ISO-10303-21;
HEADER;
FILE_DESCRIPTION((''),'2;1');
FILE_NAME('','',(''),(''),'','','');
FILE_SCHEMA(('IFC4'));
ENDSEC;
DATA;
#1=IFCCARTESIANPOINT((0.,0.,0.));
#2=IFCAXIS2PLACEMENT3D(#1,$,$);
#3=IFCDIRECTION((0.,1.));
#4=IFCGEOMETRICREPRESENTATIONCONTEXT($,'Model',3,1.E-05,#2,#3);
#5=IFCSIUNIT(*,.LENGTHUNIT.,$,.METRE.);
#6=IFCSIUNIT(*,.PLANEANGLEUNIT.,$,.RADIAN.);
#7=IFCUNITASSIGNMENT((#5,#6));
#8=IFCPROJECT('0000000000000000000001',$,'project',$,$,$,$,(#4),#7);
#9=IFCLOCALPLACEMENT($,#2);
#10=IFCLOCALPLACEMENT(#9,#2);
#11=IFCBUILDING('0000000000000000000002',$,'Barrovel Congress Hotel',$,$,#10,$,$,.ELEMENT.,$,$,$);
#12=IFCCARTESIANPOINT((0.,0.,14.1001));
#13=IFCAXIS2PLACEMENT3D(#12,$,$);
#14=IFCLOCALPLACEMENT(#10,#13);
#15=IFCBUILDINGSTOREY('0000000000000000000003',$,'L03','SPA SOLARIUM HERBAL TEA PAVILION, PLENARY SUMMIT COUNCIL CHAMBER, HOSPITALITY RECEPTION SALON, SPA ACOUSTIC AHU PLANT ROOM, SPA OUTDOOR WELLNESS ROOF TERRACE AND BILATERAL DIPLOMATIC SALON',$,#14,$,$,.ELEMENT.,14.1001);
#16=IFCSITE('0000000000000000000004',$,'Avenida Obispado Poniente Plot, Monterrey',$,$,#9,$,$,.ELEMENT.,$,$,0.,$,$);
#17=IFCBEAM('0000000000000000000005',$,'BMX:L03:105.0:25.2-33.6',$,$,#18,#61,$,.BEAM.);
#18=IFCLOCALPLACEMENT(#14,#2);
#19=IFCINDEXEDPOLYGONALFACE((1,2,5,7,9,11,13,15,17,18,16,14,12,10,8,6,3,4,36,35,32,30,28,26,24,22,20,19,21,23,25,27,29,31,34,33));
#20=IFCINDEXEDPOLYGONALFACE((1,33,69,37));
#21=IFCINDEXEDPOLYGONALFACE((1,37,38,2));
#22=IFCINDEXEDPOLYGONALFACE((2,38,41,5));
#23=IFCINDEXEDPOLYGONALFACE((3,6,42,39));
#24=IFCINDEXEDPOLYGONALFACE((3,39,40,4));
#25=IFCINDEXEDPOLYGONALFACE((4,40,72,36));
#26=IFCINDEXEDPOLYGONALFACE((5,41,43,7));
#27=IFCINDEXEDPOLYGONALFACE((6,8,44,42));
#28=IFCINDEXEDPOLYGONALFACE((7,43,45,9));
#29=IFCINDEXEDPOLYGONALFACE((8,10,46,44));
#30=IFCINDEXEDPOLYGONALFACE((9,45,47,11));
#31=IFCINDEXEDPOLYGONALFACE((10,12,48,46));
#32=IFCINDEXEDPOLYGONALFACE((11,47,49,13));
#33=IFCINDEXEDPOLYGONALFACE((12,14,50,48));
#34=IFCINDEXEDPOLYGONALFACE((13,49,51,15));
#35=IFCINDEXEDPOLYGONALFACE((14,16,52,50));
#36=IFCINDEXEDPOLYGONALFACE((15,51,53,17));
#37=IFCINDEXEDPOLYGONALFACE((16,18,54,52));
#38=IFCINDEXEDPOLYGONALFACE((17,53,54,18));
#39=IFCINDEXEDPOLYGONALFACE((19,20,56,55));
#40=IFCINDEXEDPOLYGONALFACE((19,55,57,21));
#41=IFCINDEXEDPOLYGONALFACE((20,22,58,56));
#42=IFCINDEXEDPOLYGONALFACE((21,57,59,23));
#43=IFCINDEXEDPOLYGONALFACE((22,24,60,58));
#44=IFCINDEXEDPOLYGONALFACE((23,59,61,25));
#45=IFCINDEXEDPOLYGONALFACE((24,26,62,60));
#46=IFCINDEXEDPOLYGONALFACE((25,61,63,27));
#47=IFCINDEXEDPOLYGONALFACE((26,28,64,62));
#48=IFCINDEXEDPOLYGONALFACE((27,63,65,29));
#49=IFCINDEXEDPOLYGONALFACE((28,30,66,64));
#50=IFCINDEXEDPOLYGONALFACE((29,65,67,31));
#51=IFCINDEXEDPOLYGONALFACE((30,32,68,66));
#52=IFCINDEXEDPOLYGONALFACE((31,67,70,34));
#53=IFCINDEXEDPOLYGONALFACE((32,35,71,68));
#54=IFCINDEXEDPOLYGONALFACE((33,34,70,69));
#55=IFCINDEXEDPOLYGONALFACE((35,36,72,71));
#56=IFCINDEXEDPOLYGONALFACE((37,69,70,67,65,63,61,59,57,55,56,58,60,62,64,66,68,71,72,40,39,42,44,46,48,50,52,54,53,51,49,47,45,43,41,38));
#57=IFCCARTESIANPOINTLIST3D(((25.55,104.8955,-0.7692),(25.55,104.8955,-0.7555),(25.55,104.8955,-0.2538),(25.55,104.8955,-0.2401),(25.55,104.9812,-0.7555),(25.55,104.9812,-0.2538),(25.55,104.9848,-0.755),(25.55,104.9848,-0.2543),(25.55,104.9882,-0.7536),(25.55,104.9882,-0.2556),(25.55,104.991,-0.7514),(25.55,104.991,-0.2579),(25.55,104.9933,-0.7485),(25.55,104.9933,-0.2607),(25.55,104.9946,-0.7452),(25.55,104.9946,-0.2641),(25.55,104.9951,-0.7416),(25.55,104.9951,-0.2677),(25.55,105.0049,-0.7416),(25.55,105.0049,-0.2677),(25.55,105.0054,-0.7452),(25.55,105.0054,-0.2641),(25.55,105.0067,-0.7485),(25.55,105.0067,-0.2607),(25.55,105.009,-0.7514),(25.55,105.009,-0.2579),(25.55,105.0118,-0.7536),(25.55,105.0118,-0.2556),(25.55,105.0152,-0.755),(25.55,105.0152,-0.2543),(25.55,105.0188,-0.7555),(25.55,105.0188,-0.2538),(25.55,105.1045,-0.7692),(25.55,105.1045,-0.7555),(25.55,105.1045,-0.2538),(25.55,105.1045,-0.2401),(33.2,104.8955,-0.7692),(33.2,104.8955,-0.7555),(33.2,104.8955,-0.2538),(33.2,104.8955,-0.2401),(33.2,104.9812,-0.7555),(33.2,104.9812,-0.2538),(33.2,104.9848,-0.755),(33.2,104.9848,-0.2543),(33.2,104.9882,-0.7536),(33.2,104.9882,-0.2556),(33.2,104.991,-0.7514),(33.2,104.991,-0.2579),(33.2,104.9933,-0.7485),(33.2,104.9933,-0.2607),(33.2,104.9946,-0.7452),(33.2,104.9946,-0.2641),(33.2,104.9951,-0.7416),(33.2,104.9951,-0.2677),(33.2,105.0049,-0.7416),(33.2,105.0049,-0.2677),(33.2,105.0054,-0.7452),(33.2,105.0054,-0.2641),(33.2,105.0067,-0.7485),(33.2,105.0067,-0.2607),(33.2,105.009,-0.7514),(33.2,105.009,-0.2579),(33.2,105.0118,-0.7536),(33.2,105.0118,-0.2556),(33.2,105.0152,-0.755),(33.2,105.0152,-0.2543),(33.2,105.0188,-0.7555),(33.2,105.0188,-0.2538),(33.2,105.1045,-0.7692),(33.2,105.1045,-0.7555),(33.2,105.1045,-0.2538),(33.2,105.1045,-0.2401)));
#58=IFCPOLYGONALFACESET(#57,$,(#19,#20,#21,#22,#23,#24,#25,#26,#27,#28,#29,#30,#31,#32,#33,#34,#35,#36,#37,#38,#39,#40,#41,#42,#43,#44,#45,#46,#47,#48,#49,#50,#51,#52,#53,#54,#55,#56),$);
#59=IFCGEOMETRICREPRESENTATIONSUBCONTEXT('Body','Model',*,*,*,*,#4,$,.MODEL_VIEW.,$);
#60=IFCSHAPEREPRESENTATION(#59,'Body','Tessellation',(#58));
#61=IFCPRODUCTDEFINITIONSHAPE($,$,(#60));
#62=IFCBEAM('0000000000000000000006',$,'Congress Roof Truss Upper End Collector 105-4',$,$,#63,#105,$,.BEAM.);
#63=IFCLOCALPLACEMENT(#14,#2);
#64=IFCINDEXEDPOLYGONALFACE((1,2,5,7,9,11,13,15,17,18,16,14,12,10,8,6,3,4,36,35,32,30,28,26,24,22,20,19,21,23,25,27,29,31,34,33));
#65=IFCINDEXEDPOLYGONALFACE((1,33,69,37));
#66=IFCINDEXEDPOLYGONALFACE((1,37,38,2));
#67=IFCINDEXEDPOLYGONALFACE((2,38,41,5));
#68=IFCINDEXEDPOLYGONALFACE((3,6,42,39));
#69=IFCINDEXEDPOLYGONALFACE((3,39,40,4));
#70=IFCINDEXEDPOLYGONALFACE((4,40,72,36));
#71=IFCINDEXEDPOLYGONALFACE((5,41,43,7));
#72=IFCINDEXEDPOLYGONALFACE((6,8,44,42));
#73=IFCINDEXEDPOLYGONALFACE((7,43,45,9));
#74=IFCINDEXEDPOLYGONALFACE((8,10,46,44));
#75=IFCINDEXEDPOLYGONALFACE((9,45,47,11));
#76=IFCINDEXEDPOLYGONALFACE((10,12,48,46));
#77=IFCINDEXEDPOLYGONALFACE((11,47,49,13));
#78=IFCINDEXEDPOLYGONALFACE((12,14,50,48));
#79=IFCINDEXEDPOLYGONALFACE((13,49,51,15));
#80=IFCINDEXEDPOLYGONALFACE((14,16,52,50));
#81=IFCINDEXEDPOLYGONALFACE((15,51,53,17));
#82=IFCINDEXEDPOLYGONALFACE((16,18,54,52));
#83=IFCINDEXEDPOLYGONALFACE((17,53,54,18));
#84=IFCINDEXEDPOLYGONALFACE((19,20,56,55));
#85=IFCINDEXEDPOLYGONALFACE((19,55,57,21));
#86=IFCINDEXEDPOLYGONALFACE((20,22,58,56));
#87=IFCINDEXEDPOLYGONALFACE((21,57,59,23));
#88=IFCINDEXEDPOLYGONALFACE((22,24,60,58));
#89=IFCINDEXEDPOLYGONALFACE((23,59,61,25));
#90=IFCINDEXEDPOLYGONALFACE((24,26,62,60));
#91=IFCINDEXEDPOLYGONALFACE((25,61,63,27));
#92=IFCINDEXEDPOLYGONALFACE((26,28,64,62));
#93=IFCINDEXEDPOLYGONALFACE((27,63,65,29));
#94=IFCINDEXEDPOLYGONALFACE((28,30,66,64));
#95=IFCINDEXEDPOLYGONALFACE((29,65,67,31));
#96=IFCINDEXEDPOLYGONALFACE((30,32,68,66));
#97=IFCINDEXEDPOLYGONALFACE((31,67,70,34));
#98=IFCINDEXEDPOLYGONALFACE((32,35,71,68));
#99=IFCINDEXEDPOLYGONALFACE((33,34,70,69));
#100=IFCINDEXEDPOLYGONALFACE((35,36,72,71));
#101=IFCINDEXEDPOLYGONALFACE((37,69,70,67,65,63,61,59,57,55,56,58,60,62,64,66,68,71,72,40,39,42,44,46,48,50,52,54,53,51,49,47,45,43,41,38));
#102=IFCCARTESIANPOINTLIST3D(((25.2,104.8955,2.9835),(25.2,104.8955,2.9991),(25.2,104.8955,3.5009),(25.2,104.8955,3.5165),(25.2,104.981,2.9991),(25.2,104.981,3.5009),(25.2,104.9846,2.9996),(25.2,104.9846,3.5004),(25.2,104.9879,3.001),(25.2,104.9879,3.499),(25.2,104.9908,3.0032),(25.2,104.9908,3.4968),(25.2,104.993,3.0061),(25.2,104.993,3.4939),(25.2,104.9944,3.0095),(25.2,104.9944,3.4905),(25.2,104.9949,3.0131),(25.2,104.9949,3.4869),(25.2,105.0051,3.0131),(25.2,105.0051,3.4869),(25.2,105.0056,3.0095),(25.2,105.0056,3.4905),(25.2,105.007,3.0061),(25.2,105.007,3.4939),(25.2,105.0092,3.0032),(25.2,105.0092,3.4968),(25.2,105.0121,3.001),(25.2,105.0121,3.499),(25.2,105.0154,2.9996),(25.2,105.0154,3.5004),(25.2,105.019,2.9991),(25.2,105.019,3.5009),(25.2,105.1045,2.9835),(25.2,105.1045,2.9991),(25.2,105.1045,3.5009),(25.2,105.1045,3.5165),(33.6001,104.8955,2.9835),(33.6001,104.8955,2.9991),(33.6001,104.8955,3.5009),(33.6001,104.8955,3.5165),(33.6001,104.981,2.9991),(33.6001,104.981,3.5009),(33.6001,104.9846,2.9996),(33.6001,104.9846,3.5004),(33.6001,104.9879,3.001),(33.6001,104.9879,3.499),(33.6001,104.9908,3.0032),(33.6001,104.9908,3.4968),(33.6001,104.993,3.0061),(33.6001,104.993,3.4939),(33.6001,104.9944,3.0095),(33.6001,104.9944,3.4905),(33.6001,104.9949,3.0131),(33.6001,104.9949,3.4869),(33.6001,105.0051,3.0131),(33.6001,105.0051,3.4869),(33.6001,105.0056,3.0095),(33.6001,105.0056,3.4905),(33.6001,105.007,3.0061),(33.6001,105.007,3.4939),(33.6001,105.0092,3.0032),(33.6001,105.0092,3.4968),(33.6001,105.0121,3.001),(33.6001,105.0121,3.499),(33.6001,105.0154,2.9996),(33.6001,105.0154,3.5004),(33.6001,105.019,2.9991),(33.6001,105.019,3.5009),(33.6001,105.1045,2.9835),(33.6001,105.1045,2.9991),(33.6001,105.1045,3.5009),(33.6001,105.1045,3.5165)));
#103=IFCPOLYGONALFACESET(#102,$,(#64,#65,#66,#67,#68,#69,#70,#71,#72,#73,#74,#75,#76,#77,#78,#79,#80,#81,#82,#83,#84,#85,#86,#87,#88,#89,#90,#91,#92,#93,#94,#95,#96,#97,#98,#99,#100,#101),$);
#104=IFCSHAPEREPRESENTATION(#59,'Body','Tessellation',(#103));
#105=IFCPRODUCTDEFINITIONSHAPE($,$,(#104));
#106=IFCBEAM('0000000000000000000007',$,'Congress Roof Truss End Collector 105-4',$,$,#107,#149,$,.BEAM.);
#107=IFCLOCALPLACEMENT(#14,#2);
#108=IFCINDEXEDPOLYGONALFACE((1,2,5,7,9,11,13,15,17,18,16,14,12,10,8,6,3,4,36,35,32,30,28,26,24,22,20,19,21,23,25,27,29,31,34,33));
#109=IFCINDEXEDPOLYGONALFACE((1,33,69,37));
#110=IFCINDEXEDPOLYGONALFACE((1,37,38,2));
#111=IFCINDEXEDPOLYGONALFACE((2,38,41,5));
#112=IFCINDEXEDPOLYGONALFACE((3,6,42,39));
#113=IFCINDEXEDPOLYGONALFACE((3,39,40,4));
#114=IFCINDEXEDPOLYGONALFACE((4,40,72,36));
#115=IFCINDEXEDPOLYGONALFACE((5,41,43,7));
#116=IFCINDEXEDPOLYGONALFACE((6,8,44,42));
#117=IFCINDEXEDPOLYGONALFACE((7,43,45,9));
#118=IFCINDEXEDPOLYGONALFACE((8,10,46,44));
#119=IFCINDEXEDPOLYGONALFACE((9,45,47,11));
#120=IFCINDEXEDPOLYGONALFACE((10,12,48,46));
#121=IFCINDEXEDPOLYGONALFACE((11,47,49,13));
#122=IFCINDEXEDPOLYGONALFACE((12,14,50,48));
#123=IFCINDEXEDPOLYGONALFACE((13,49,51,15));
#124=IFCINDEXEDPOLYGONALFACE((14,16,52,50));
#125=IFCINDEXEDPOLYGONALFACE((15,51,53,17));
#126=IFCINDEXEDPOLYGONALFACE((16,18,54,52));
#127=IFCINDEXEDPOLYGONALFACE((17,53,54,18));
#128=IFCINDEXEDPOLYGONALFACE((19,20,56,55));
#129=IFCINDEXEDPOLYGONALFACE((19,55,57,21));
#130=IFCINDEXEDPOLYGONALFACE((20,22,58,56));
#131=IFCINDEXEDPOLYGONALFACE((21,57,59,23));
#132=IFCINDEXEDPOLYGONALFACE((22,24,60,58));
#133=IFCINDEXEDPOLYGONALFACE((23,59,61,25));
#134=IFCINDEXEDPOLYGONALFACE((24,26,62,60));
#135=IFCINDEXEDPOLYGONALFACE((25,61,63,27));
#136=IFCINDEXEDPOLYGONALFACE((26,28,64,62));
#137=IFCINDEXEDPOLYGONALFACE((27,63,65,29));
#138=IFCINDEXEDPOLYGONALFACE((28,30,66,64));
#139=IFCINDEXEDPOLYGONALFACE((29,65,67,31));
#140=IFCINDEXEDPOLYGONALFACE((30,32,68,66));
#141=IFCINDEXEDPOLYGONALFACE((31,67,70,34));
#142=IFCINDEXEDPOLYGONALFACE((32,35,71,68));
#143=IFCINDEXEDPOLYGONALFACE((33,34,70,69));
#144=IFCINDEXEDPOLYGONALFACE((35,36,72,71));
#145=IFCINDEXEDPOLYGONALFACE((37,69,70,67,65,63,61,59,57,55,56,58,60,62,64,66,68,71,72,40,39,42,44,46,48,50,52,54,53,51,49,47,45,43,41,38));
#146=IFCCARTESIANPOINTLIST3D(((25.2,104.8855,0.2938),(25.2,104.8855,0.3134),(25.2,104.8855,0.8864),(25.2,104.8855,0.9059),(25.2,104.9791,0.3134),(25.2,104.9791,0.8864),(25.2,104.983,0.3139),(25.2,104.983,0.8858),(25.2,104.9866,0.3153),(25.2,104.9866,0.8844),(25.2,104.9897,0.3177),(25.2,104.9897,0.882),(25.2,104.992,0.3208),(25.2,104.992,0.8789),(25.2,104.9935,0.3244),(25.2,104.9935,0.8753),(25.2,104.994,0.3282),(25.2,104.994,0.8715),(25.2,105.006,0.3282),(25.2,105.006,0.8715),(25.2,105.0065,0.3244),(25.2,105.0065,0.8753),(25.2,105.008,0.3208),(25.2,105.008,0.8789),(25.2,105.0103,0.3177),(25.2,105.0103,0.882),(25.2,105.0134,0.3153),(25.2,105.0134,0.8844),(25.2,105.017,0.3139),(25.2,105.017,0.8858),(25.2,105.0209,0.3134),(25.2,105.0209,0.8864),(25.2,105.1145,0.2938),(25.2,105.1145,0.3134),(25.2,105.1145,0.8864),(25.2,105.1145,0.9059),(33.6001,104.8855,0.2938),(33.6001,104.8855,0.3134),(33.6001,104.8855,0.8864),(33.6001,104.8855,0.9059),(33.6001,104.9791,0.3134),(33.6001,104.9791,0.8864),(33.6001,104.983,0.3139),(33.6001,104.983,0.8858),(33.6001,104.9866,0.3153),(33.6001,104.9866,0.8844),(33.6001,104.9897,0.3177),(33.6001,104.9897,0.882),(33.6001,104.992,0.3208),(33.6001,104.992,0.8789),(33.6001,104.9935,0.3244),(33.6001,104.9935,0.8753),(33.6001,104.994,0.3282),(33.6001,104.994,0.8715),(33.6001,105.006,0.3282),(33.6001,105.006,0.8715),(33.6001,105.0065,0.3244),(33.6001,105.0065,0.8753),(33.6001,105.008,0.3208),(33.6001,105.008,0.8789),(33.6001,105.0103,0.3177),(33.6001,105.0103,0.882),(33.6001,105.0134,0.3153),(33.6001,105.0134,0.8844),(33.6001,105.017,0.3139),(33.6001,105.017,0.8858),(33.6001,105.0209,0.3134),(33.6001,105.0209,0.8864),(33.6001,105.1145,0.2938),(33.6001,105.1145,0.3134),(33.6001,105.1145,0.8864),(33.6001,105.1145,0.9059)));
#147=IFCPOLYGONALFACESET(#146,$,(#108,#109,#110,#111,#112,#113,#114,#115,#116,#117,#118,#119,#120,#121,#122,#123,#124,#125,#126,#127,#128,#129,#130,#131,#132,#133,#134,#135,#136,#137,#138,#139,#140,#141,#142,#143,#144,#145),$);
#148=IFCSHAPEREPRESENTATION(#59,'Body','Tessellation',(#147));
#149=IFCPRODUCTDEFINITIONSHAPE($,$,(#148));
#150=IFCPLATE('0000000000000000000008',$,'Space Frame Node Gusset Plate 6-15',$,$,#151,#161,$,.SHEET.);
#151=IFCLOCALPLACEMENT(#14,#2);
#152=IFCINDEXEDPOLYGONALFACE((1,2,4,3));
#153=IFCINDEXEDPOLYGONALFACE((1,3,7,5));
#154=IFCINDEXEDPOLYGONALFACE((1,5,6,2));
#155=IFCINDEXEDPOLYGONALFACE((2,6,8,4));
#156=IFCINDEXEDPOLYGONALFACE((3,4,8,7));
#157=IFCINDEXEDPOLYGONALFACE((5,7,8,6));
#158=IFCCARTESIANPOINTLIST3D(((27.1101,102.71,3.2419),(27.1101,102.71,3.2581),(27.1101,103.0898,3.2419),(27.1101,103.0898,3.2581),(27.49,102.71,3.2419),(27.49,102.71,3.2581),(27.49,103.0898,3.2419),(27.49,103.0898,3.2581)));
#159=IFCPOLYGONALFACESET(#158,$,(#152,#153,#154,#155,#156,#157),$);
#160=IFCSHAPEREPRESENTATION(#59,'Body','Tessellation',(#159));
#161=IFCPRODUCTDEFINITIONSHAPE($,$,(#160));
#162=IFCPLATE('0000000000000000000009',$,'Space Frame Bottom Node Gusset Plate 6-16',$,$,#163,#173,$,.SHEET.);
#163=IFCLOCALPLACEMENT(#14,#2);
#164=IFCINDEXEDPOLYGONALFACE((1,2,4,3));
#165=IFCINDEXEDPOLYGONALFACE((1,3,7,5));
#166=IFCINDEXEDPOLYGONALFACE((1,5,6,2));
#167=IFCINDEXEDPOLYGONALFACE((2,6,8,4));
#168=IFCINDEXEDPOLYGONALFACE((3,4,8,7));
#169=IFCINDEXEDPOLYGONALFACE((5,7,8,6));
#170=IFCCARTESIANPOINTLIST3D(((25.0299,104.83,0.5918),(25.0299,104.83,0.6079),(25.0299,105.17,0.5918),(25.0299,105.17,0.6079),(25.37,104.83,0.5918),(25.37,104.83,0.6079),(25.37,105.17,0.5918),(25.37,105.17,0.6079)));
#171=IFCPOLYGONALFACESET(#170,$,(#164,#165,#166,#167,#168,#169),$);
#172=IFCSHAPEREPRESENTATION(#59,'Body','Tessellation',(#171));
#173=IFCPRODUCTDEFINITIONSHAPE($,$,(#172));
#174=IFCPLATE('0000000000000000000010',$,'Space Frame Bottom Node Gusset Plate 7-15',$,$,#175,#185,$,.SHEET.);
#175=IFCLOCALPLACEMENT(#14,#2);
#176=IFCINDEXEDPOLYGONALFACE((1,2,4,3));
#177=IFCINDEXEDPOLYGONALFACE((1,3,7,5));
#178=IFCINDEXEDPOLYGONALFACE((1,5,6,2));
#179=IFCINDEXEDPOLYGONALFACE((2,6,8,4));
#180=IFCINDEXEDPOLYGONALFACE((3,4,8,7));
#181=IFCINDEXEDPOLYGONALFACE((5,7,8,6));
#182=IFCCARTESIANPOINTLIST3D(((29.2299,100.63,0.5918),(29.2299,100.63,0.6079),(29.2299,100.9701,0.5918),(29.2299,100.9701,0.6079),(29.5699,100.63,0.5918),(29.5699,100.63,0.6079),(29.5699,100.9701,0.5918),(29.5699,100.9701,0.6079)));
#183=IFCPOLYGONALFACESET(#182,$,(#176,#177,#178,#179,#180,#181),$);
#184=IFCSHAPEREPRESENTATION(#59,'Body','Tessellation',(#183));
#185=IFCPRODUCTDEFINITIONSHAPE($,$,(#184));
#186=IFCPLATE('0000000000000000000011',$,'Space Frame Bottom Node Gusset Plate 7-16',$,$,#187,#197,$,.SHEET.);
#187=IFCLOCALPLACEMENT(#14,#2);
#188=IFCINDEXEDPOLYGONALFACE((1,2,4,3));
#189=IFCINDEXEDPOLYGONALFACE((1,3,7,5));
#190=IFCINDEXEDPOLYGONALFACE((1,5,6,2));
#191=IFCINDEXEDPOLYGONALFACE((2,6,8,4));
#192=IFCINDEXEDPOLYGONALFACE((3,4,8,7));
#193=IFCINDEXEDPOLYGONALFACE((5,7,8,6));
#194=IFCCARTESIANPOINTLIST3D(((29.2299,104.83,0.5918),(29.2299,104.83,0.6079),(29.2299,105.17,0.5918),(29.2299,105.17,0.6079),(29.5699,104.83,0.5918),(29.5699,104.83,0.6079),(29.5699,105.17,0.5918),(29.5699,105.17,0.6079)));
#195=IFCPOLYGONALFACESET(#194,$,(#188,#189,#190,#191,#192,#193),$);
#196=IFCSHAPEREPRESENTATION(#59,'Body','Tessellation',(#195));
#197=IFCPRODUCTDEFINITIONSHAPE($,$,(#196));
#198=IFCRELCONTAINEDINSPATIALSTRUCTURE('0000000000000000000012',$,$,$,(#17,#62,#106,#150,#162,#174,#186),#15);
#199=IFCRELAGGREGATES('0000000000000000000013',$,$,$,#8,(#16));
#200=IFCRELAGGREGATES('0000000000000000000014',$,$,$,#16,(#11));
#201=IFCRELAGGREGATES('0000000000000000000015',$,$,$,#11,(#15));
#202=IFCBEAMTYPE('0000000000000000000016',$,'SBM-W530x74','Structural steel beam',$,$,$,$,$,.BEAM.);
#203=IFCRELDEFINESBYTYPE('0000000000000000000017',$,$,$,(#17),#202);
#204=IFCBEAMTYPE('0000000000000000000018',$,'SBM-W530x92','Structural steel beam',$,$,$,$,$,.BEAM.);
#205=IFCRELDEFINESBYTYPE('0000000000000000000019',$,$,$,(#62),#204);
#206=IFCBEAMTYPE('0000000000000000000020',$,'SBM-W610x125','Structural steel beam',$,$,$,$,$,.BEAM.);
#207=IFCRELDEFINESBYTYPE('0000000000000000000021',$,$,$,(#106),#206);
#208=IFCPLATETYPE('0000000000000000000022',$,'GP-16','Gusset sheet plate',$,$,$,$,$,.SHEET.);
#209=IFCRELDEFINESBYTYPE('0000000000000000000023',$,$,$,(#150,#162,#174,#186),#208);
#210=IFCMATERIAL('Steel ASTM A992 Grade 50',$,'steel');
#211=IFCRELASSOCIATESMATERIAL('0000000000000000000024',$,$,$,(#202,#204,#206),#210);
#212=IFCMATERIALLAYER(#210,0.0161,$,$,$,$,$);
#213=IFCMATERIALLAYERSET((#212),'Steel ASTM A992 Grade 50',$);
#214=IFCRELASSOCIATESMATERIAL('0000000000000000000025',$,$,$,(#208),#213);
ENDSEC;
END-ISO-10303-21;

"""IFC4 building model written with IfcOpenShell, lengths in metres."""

from ifc_helpers import new_model, si_unit, direction, frame, origin, origin_2d, place, context, subcontext, project, spatial, rectangle, i_section, extrude, material, layer, layer_set, material_profile, profile_set, type_object, element, save


model = new_model("IFC4")

# Units and contexts
model_context = context("Model", 3, precision=1e-05, world=origin(), true_north=direction((0.0, 1.0)))
body_context = subcontext(model_context, "Body", "Model", "MODEL_VIEW")
ifc_project = project(units=[si_unit("LENGTHUNIT", "METRE"), si_unit("PLANEANGLEUNIT", "RADIAN")], contexts=[model_context])

# Site, building, storey
site_placement = place(None, origin())
site = spatial("IfcSite", under=ifc_project, at=site_placement, Name="Avenida Obispado Poniente Plot, Monterrey", CompositionType="ELEMENT", RefElevation=0.0)
building_placement = place(site_placement, origin())
building = spatial("IfcBuilding", under=site, at=building_placement, Name="Barrovel Congress Hotel", CompositionType="ELEMENT")
storey_placement = place(building_placement, frame((0.0, 0.0, 14.1001)))
storey = spatial("IfcBuildingStorey", under=building, at=storey_placement, Name="L03", Description="SPA SOLARIUM HERBAL TEA PAVILION, PLENARY SUMMIT COUNCIL CHAMBER, HOSPITALITY RECEPTION SALON, SPA ACOUSTIC AHU PLANT ROOM, SPA OUTDOOR WELLNESS ROOF TERRACE AND BILATERAL DIPLOMATIC SALON", CompositionType="ELEMENT", Elevation=14.1001)

# Beams
ifc_material_1 = material(Name="Steel ASTM A992 Grade 50", Category="steel")
ifc_material_profile_1 = material_profile(ifc_material_1, i_section(OverallWidth=0.209, OverallDepth=0.5291, WebThickness=0.0098, FlangeThickness=0.0137, FilletRadius=0.0139, at=origin_2d()), Name="W530x74")
ifc_profile_set_1 = profile_set([ifc_material_profile_1], Name="Steel ASTM A992 Grade 50")
beam_type_1 = type_object("IfcBeamType", Name="SBM-W530x74", Description="Structural steel beam", PredefinedType="BEAM", material=ifc_profile_set_1)
beam_1_placement = place(storey_placement, frame((25.55, 105.0, -0.5046), z_axis=(1.0, 0.0, 0.0), x_axis=(0.0, 1.0, 0.0)))
element("IfcBeam", 1, at=beam_1_placement, inside=storey, type_object=beam_type_1, Name="BMX:L03:105.0:25.2-33.6", PredefinedType="BEAM", context=body_context, shape_type="SweptSolid", body=[
    extrude(i_section(OverallWidth=0.209, OverallDepth=0.5291, WebThickness=0.0098, FlangeThickness=0.0137, FilletRadius=0.0139, at=origin_2d()), origin(), (0.0, 0.0, 1.0), 7.6499),
])
ifc_material_profile_2 = material_profile(ifc_material_1, i_section(OverallWidth=0.209, OverallDepth=0.533, WebThickness=0.0103, FlangeThickness=0.0156, FilletRadius=0.0139, at=origin_2d()), Name="W530x92")
ifc_profile_set_2 = profile_set([ifc_material_profile_2], Name="Steel ASTM A992 Grade 50")
beam_type_2 = type_object("IfcBeamType", Name="SBM-W530x92", Description="Structural steel beam", PredefinedType="BEAM", material=ifc_profile_set_2)
beam_2_placement = place(storey_placement, frame((25.2, 105.0, 3.25), z_axis=(1.0, 0.0, 0.0), x_axis=(0.0, 1.0, 0.0)))
element("IfcBeam", 2, at=beam_2_placement, inside=storey, type_object=beam_type_2, Name="Congress Roof Truss Upper End Collector 105-4", PredefinedType="BEAM", context=body_context, shape_type="SweptSolid", body=[
    extrude(i_section(OverallWidth=0.209, OverallDepth=0.533, WebThickness=0.0103, FlangeThickness=0.0156, FilletRadius=0.0139, at=origin_2d()), origin(), (0.0, 0.0, 1.0), 8.4001),
])
ifc_material_profile_3 = material_profile(ifc_material_1, i_section(OverallWidth=0.229, OverallDepth=0.6121, WebThickness=0.012, FlangeThickness=0.0195, FilletRadius=0.0149, at=origin_2d()), Name="W610x125")
ifc_profile_set_3 = profile_set([ifc_material_profile_3], Name="Steel ASTM A992 Grade 50")
beam_type_3 = type_object("IfcBeamType", Name="SBM-W610x125", Description="Structural steel beam", PredefinedType="BEAM", material=ifc_profile_set_3)
beam_3_placement = place(storey_placement, frame((25.2, 105.0, 0.5999), z_axis=(1.0, 0.0, 0.0), x_axis=(0.0, 1.0, 0.0)))
element("IfcBeam", 3, at=beam_3_placement, inside=storey, type_object=beam_type_3, Name="Congress Roof Truss End Collector 105-4", PredefinedType="BEAM", context=body_context, shape_type="SweptSolid", body=[
    extrude(i_section(OverallWidth=0.229, OverallDepth=0.6121, WebThickness=0.012, FlangeThickness=0.0195, FilletRadius=0.0149, at=origin_2d()), origin(), (0.0, 0.0, 1.0), 8.4001),
])

# Plates
ifc_layer_1 = layer(ifc_material_1, 0.0161)
ifc_layer_set_1 = layer_set([ifc_layer_1], Name="Steel ASTM A992 Grade 50")
plate_type_1 = type_object("IfcPlateType", Name="GP-16", Description="Gusset sheet plate", PredefinedType="SHEET", material=ifc_layer_set_1)
plate_1_placement = place(storey_placement, frame((27.3, 102.8999, 3.2419), z_axis=(0.0, 0.0, 1.0), x_axis=(1.0, 0.0, 0.0)))
element("IfcPlate", 4, at=plate_1_placement, inside=storey, type_object=plate_type_1, Name="Space Frame Node Gusset Plate 6-15", PredefinedType="SHEET", context=body_context, shape_type="SweptSolid", body=[
    extrude(rectangle(XDim=0.3799, YDim=0.3799, at=origin_2d()), origin(), (0.0, 0.0, 1.0), 0.0161),
])
for number, where, z_axis, x_axis, name in (
    (5, (25.2, 105.0, 0.5918), (0.0, 0.0, 1.0), (1.0, 0.0, 0.0), "Space Frame Bottom Node Gusset Plate 6-16"),
    (6, (29.3999, 100.8, 0.5918), (0.0, 0.0, 1.0), (1.0, 0.0, 0.0), "Space Frame Bottom Node Gusset Plate 7-15"),
    (7, (29.3999, 105.0, 0.5918), (0.0, 0.0, 1.0), (1.0, 0.0, 0.0), "Space Frame Bottom Node Gusset Plate 7-16"),
):
    element("IfcPlate", number, at=place(storey_placement, frame(where, z_axis=z_axis, x_axis=x_axis)), inside=storey, type_object=plate_type_1, Name=name, PredefinedType="SHEET", context=body_context, shape_type="SweptSolid", body=[
        extrude(rectangle(XDim=0.3401, YDim=0.3401, at=origin_2d()), origin(), (0.0, 0.0, 1.0), 0.0161),
    ])

save(model, "model.ifc")
